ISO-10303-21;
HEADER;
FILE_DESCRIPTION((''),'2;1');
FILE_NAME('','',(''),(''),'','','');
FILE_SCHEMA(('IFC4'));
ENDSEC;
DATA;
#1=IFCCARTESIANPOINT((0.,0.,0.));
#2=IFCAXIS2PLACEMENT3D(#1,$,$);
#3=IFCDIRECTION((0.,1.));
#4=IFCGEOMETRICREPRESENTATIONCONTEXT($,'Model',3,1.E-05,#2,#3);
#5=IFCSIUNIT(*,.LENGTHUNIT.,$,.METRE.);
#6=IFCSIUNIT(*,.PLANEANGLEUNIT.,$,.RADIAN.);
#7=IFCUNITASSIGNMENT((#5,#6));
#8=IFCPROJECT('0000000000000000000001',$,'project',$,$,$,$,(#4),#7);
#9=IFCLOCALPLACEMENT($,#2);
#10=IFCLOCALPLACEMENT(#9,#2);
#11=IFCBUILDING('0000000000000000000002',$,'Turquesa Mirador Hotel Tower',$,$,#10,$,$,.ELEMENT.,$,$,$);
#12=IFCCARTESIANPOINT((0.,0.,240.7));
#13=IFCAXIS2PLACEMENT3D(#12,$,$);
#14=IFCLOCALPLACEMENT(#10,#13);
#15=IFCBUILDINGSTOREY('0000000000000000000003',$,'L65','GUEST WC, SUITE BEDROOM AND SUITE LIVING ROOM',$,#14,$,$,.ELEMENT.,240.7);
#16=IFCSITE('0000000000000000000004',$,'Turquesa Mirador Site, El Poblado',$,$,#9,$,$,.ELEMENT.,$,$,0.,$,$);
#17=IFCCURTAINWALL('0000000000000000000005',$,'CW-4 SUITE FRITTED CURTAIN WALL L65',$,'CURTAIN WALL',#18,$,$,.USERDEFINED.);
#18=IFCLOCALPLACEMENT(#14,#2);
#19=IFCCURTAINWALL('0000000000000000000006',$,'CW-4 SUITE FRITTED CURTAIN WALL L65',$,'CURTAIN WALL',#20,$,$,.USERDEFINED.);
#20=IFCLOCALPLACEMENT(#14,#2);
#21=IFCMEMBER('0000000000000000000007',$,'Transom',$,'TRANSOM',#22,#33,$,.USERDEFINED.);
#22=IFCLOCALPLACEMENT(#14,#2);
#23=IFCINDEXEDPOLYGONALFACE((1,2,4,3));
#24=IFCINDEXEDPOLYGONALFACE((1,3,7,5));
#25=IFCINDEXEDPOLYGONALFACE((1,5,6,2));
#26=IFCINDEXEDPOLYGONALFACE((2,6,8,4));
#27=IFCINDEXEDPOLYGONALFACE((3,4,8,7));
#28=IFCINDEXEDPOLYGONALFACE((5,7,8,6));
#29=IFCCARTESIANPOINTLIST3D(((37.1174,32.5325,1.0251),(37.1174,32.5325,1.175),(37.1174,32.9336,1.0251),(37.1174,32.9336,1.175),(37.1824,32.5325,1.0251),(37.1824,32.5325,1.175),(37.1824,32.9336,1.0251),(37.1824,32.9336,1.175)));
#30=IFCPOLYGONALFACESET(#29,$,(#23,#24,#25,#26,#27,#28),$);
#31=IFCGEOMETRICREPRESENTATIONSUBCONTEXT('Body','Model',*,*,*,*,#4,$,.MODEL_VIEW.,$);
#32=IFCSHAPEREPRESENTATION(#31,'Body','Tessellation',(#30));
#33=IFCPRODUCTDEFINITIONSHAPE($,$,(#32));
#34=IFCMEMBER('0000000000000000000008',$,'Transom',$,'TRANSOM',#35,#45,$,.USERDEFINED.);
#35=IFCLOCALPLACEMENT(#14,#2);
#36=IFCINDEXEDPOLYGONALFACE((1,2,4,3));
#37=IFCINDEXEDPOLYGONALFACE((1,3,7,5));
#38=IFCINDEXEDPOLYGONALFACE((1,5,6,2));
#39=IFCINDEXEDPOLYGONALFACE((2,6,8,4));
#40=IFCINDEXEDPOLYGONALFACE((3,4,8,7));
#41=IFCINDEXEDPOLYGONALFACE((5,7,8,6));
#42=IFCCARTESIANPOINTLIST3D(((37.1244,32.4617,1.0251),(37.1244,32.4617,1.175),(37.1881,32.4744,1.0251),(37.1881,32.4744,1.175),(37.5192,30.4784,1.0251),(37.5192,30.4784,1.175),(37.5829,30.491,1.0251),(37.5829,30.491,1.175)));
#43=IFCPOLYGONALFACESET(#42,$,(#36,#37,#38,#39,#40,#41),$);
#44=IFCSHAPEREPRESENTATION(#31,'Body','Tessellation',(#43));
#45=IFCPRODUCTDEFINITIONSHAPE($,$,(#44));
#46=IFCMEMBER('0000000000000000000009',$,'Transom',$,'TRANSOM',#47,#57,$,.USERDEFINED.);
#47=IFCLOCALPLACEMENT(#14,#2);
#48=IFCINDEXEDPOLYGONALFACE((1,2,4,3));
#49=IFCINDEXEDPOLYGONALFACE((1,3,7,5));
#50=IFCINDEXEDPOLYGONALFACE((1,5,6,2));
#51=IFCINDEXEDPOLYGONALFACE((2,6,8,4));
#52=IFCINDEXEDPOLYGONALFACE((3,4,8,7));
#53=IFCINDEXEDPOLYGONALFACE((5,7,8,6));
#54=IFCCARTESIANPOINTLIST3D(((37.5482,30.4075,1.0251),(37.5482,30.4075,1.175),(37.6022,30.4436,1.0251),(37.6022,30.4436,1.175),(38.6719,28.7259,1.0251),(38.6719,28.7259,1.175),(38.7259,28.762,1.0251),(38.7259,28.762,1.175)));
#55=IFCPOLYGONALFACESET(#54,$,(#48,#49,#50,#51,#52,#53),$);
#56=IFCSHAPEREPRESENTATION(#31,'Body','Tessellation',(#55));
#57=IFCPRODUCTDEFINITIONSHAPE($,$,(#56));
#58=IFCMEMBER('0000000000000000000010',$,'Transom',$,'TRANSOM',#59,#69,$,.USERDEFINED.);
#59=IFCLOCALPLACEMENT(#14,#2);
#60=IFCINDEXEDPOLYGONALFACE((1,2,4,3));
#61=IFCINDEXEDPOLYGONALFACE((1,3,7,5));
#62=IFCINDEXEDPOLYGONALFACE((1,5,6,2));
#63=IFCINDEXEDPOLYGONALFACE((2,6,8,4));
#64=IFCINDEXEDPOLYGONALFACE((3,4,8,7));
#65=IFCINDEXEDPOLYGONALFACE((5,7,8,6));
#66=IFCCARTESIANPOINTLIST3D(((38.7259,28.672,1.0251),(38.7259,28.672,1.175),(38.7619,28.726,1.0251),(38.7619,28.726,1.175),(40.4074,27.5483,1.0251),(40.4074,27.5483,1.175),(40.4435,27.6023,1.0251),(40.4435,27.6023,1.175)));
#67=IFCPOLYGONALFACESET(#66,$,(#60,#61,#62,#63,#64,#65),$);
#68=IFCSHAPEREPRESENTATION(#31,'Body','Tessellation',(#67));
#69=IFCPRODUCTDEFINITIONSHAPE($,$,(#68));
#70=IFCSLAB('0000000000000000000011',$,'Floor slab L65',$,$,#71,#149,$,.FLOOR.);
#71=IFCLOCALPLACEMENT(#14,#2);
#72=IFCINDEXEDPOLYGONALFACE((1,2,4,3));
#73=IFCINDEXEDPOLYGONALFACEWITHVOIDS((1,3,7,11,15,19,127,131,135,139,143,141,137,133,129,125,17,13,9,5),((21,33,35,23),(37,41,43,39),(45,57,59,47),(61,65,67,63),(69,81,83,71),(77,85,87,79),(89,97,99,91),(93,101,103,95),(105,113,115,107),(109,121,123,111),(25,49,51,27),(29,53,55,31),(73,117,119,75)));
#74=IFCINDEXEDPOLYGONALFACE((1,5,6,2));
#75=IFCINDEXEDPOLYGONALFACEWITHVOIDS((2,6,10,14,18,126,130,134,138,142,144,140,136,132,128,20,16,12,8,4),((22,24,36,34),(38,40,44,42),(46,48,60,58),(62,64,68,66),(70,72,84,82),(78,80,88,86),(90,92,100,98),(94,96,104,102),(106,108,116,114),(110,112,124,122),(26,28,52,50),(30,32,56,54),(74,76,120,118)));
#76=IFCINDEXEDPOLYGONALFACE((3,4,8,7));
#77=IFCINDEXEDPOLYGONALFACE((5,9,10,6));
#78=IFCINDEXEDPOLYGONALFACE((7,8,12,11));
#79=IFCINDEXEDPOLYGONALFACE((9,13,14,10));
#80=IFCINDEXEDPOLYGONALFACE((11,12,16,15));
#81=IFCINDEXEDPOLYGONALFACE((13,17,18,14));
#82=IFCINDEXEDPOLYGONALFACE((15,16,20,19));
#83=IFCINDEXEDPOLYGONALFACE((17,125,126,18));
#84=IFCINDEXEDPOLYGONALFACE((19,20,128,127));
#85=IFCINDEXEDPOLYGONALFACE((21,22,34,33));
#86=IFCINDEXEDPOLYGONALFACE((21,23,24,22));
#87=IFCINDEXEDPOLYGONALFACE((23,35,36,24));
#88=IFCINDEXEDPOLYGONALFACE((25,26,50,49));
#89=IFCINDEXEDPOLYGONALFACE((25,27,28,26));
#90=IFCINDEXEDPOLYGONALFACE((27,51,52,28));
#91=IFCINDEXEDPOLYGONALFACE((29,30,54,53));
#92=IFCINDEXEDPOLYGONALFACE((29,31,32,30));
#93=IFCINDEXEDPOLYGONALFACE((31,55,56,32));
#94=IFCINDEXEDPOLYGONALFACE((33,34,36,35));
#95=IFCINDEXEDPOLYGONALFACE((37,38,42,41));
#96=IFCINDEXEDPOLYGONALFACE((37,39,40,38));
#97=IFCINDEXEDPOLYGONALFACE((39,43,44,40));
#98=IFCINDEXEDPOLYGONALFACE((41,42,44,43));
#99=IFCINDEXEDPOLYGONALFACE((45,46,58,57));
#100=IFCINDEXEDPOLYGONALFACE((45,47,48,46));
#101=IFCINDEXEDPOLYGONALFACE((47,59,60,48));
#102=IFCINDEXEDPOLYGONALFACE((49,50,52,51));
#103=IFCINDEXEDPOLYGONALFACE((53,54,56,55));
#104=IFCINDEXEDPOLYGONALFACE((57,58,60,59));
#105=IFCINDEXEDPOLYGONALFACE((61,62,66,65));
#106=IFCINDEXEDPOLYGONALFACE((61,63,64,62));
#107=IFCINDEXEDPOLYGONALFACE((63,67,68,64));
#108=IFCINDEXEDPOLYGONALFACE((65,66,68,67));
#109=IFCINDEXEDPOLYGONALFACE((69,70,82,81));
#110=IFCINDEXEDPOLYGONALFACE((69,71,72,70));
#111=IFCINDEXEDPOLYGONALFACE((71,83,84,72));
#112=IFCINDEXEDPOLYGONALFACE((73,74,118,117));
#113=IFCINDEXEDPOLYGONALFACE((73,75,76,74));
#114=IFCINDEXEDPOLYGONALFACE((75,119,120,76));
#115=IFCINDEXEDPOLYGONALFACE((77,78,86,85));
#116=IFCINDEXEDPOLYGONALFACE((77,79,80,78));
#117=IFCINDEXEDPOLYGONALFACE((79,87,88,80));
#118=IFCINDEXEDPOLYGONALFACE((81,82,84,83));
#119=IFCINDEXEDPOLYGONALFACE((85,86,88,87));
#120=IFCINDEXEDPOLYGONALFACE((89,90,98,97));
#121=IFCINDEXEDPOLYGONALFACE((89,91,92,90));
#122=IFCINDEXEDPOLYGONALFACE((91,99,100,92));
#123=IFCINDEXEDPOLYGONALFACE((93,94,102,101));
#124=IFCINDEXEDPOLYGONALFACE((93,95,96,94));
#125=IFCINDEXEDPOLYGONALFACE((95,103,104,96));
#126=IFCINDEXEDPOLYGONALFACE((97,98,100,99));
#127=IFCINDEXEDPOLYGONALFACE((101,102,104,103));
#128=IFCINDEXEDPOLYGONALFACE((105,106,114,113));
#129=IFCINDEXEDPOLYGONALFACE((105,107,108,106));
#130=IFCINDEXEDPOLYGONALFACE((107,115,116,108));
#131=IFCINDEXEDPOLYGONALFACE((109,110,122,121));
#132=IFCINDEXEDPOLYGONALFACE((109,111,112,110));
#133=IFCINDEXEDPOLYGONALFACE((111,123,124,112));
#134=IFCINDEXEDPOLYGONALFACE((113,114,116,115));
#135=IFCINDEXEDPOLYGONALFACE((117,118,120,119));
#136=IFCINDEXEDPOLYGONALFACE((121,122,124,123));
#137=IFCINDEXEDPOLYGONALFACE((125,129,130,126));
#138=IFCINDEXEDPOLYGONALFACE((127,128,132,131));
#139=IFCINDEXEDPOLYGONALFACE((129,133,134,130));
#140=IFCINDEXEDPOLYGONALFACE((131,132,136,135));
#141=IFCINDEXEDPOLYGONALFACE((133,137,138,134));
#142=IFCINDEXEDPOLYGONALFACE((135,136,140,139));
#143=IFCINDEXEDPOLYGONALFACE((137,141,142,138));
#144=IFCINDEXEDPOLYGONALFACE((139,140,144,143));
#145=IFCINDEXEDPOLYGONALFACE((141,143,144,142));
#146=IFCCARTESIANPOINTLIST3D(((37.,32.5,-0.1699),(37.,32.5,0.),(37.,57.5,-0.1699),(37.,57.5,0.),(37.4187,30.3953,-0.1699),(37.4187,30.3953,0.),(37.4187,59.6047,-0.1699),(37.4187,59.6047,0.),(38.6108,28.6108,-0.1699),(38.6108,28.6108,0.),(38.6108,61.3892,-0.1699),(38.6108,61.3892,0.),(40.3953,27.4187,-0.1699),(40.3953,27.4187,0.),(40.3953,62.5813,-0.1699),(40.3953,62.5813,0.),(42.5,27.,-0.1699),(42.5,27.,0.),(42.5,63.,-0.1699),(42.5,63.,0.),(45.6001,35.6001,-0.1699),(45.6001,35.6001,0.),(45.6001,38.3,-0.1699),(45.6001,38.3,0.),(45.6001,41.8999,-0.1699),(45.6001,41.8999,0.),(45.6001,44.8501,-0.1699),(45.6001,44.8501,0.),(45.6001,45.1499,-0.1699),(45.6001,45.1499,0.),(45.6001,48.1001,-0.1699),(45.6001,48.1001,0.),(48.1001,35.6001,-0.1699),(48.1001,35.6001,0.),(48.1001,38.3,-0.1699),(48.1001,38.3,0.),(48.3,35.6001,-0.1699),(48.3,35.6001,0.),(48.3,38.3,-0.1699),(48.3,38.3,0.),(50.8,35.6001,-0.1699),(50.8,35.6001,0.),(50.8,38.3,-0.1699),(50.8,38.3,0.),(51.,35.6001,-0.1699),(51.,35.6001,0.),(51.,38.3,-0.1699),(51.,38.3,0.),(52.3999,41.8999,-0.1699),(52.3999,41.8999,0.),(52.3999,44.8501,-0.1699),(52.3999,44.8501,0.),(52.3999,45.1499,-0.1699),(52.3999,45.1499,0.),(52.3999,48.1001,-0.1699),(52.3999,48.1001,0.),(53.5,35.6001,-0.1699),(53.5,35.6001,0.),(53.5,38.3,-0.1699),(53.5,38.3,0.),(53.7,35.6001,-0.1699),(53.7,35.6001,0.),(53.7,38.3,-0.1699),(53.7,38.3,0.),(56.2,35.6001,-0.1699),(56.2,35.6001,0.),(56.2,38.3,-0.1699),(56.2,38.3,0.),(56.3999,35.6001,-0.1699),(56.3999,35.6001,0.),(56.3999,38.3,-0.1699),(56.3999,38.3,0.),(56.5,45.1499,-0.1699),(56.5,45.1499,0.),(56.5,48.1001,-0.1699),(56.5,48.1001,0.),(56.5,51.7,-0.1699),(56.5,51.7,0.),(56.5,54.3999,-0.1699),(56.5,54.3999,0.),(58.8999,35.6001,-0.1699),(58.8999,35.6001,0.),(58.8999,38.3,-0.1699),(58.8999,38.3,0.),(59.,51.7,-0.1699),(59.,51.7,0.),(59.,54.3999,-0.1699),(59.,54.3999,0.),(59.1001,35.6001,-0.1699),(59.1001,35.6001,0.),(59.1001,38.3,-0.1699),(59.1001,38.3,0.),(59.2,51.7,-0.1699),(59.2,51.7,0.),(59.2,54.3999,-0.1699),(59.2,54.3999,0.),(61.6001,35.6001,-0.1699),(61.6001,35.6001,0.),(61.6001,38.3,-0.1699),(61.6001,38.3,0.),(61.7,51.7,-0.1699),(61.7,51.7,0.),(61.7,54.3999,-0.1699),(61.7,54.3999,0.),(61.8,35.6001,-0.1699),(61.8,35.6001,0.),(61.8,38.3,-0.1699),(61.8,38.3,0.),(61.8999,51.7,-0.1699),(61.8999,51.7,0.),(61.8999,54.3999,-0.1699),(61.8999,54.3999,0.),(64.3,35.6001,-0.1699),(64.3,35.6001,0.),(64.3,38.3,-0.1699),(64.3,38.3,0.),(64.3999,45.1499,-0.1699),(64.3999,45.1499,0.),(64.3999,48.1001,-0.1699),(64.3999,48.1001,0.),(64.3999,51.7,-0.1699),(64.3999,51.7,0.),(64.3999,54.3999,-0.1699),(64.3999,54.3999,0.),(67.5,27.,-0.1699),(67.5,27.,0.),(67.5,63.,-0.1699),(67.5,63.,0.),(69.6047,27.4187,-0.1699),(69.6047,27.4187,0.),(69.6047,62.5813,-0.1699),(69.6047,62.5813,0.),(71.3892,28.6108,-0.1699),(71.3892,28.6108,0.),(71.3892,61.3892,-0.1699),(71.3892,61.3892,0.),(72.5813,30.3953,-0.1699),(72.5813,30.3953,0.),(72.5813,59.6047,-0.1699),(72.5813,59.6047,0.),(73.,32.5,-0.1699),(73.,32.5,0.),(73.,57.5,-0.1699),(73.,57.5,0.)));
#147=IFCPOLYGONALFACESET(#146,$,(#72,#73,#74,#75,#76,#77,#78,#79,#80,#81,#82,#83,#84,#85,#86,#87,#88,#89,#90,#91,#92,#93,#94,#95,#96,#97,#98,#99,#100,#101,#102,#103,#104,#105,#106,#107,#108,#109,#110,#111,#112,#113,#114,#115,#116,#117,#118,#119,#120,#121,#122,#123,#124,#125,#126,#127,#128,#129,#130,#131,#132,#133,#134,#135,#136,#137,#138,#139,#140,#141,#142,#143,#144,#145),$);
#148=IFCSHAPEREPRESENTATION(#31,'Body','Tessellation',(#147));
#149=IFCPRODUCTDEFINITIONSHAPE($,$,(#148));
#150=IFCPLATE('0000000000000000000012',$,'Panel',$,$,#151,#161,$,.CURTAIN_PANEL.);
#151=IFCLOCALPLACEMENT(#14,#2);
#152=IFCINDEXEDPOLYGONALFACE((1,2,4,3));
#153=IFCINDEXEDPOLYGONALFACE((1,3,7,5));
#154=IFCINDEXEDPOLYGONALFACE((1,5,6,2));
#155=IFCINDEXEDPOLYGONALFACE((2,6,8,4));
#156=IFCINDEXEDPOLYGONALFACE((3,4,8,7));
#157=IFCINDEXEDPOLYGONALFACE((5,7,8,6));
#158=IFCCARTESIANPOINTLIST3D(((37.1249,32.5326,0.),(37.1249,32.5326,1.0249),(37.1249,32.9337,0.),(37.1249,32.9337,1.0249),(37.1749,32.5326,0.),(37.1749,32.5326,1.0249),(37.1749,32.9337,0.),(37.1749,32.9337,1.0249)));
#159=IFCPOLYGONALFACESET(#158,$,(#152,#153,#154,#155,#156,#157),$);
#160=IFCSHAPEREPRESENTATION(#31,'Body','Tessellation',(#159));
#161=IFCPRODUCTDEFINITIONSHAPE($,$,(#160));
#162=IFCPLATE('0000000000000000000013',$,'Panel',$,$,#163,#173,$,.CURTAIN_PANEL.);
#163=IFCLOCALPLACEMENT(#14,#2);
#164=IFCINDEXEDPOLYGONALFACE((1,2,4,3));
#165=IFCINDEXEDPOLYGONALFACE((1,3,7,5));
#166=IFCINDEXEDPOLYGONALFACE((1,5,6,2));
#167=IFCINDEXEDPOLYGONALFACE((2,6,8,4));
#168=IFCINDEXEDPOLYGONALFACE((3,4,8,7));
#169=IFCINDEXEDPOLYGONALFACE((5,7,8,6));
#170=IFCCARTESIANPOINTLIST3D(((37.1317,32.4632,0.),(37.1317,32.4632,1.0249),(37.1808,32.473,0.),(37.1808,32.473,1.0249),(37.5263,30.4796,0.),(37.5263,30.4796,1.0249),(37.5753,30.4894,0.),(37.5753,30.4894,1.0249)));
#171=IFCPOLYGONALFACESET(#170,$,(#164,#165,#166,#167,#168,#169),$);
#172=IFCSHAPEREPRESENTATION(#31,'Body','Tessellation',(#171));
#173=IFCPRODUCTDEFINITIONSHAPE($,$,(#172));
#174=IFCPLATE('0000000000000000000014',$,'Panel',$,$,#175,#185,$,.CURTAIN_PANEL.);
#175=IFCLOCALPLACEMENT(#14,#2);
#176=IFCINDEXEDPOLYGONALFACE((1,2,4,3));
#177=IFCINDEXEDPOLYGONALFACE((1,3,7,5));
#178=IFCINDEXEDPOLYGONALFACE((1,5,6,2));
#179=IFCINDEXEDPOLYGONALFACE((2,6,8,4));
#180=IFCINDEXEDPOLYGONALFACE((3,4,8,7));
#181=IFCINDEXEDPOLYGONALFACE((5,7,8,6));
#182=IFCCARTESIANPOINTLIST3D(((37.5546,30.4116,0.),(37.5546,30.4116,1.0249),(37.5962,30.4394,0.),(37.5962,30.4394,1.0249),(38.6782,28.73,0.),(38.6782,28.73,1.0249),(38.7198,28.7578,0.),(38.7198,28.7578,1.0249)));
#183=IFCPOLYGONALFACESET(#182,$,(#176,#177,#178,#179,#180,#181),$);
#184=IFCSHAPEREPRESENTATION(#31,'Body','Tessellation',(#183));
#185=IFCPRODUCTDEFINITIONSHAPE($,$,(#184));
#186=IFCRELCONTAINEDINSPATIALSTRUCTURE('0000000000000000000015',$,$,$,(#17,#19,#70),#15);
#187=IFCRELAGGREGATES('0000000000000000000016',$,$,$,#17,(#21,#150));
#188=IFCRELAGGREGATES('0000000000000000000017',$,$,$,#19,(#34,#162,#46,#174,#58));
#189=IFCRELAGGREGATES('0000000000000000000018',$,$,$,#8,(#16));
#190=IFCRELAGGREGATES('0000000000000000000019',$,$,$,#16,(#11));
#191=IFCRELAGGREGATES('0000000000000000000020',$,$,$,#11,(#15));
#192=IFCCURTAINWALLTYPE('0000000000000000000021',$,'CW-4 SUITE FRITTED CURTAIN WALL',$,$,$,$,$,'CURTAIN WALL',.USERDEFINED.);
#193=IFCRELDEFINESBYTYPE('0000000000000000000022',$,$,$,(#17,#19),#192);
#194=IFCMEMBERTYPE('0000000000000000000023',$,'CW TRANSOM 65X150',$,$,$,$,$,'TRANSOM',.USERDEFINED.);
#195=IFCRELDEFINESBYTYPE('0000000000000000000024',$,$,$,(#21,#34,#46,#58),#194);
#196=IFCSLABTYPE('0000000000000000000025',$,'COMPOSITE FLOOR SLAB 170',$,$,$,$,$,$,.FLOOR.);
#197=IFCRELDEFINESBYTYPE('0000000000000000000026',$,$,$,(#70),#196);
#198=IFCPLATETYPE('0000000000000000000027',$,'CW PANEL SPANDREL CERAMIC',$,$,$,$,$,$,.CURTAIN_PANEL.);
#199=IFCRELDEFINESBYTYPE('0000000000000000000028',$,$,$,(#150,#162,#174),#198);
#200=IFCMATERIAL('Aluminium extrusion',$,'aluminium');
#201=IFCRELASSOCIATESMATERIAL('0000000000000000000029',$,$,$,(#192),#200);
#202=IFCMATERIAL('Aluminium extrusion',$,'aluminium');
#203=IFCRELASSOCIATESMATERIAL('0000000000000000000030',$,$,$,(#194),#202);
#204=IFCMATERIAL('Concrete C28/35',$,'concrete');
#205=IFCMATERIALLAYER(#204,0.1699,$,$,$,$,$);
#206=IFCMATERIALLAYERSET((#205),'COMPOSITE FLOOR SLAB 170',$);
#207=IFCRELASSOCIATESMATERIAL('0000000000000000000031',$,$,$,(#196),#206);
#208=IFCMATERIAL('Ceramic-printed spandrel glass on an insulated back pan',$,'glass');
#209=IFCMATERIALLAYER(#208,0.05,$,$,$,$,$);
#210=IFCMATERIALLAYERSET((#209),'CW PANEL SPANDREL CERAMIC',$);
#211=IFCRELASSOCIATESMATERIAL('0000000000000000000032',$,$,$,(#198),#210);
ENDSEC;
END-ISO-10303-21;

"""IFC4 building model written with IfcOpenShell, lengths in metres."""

from ifc_helpers import new_model, si_unit, direction, frame, origin, origin_2d, place, context, subcontext, project, spatial, polyline, rectangle, outline, extrude, material, layer, layer_set, material_profile, profile_set, type_object, element, aggregate, save


model = new_model("IFC4")

# Units and contexts
model_context = context("Model", 3, precision=1e-05, world=origin(), true_north=direction((0.0, 1.0)))
body_context = subcontext(model_context, "Body", "Model", "MODEL_VIEW")
ifc_project = project(units=[si_unit("LENGTHUNIT", "METRE"), si_unit("PLANEANGLEUNIT", "RADIAN")], contexts=[model_context])

# Site, building, storey
site_placement = place(None, origin())
site = spatial("IfcSite", under=ifc_project, at=site_placement, Name="Turquesa Mirador Site, El Poblado", CompositionType="ELEMENT", RefElevation=0.0)
building_placement = place(site_placement, origin())
building = spatial("IfcBuilding", under=site, at=building_placement, Name="Turquesa Mirador Hotel Tower", CompositionType="ELEMENT")
storey_placement = place(building_placement, frame((0.0, 0.0, 240.7)))
storey = spatial("IfcBuildingStorey", under=building, at=storey_placement, Name="L65", Description="GUEST WC, SUITE BEDROOM AND SUITE LIVING ROOM", CompositionType="ELEMENT", Elevation=240.7)

# Curtain walls
ifc_material_1 = material(Name="Aluminium extrusion", Category="aluminium")
curtain_wall_type = type_object("IfcCurtainWallType", Name="CW-4 SUITE FRITTED CURTAIN WALL", ElementType="CURTAIN WALL", PredefinedType="USERDEFINED", material=ifc_material_1)
curtain_wall_1_placement = place(storey_placement, origin())
curtain_wall_1 = element("IfcCurtainWall", 1, at=curtain_wall_1_placement, inside=storey, type_object=curtain_wall_type, Name="CW-4 SUITE FRITTED CURTAIN WALL L65", ObjectType="CURTAIN WALL", PredefinedType="USERDEFINED")
curtain_wall_2_placement = place(storey_placement, origin())
curtain_wall_2 = element("IfcCurtainWall", 2, at=curtain_wall_2_placement, inside=storey, type_object=curtain_wall_type, Name="CW-4 SUITE FRITTED CURTAIN WALL L65", ObjectType="CURTAIN WALL", PredefinedType="USERDEFINED")

# Members
ifc_material_2 = material(Name="Aluminium extrusion", Category="aluminium")
ifc_material_profile_1 = material_profile(ifc_material_2, rectangle(XDim=0.0649, YDim=0.1499, at=origin_2d()), Name="TRANSOM 65X150")
ifc_profile_set_1 = profile_set([ifc_material_profile_1], Name="Aluminium extrusion")
member_type_1 = type_object("IfcMemberType", Name="CW TRANSOM 65X150", ElementType="TRANSOM", PredefinedType="USERDEFINED", material=ifc_profile_set_1)
member_1_placement = place(storey_placement, frame((37.1499, 32.9336, 1.1001), z_axis=(0.0, -1.0, 0.0), x_axis=(1.0, 0.0, 0.0)))
member_1 = element("IfcMember", 3, at=member_1_placement, type_object=member_type_1, Name="Transom", ObjectType="TRANSOM", PredefinedType="USERDEFINED", context=body_context, shape_type="SweptSolid", body=[
    extrude(rectangle(XDim=0.0649, YDim=0.1499, at=origin_2d()), origin(), (0.0, 0.0, 1.0), 0.4011),
])
member_2_placement = place(storey_placement, frame((37.1562, 32.468, 1.1001), z_axis=(0.195211, -0.980761, 0.0), x_axis=(0.980761, 0.195211, 0.0)))
member_2 = element("IfcMember", 4, at=member_2_placement, type_object=member_type_1, Name="Transom", ObjectType="TRANSOM", PredefinedType="USERDEFINED", context=body_context, shape_type="SweptSolid", body=[
    extrude(rectangle(XDim=0.0649, YDim=0.1499, at=origin_2d()), origin(), (0.0, 0.0, 1.0), 2.0222),
])
member_3_placement = place(storey_placement, frame((37.5752, 30.4255, 1.1001), z_axis=(0.555619, -0.831437, 0.0), x_axis=(0.831437, 0.555619, 0.0)))
member_3 = element("IfcMember", 5, at=member_3_placement, type_object=member_type_1, Name="Transom", ObjectType="TRANSOM", PredefinedType="USERDEFINED", context=body_context, shape_type="SweptSolid", body=[
    extrude(rectangle(XDim=0.0649, YDim=0.1499, at=origin_2d()), origin(), (0.0, 0.0, 1.0), 2.0225),
])
member_4_placement = place(storey_placement, frame((38.7439, 28.699, 1.1001), z_axis=(0.831437, -0.555619, 0.0), x_axis=(0.555619, 0.831437, 0.0)))
member_4 = element("IfcMember", 6, at=member_4_placement, type_object=member_type_1, Name="Transom", ObjectType="TRANSOM", PredefinedType="USERDEFINED", context=body_context, shape_type="SweptSolid", body=[
    extrude(rectangle(XDim=0.0649, YDim=0.1499, at=origin_2d()), origin(), (0.0, 0.0, 1.0), 2.0225),
])

# Slab
ifc_material_3 = material(Name="Concrete C28/35", Category="concrete")
ifc_layer_1 = layer(ifc_material_3, 0.1699)
ifc_layer_set_1 = layer_set([ifc_layer_1], Name="COMPOSITE FLOOR SLAB 170")
slab_type_1 = type_object("IfcSlabType", Name="COMPOSITE FLOOR SLAB 170", PredefinedType="FLOOR", material=ifc_layer_set_1)
slab_1_placement = place(storey_placement, frame((0.0, 0.0, -0.1699)))
element("IfcSlab", 7, at=slab_1_placement, inside=storey, type_object=slab_type_1, Name="Floor slab L65", PredefinedType="FLOOR", context=body_context, shape_type="SweptSolid", body=[
    extrude(outline(polyline([(67.5, 27.0), (69.6047, 27.4187), (71.3892, 28.6108), (72.5813, 30.3953), (73.0, 32.5), (73.0, 57.5), (72.5813, 59.6047), (71.3892, 61.3892), (69.6047, 62.5813), (67.5, 63.0), (42.5, 63.0), (40.3953, 62.5813), (38.6108, 61.3892), (37.4187, 59.6047), (37.0, 57.5), (37.0, 32.5), (37.4187, 30.3953), (38.6108, 28.6108), (40.3953, 27.4187), (42.5, 27.0), (67.5, 27.0)]), holes=[polyline([(56.5, 51.7), (59.0, 51.7), (59.0, 54.3999), (56.5, 54.3999), (56.5, 51.7)]), polyline([(59.2, 51.7), (61.7, 51.7), (61.7, 54.3999), (59.2, 54.3999), (59.2, 51.7)]), polyline([(45.6001, 35.6001), (48.1001, 35.6001), (48.1001, 38.3), (45.6001, 38.3), (45.6001, 35.6001)]), polyline([(48.3, 35.6001), (50.8, 35.6001), (50.8, 38.3), (48.3, 38.3), (48.3, 35.6001)]), polyline([(51.0, 35.6001), (53.5, 35.6001), (53.5, 38.3), (51.0, 38.3), (51.0, 35.6001)]), polyline([(53.7, 35.6001), (56.2, 35.6001), (56.2, 38.3), (53.7, 38.3), (53.7, 35.6001)]), polyline([(56.3999, 35.6001), (58.8999, 35.6001), (58.8999, 38.3), (56.3999, 38.3), (56.3999, 35.6001)]), polyline([(59.1001, 35.6001), (61.6001, 35.6001), (61.6001, 38.3), (59.1001, 38.3), (59.1001, 35.6001)]), polyline([(61.8, 35.6001), (64.3, 35.6001), (64.3, 38.3), (61.8, 38.3), (61.8, 35.6001)]), polyline([(45.6001, 45.1499), (52.3999, 45.1499), (52.3999, 48.1001), (45.6001, 48.1001), (45.6001, 45.1499)]), polyline([(45.6001, 41.8999), (52.3999, 41.8999), (52.3999, 44.8501), (45.6001, 44.8501), (45.6001, 41.8999)]), polyline([(56.5, 45.1499), (64.3999, 45.1499), (64.3999, 48.1001), (56.5, 48.1001), (56.5, 45.1499)]), polyline([(61.8999, 51.7), (64.3999, 51.7), (64.3999, 54.3999), (61.8999, 54.3999), (61.8999, 51.7)])]), origin(), (0.0, 0.0, 1.0), 0.1699),
])

# Plates
ifc_material_4 = material(Name="Ceramic-printed spandrel glass on an insulated back pan", Category="glass")
ifc_layer_2 = layer(ifc_material_4, 0.05)
ifc_layer_set_2 = layer_set([ifc_layer_2], Name="CW PANEL SPANDREL CERAMIC")
plate_type_1 = type_object("IfcPlateType", Name="CW PANEL SPANDREL CERAMIC", PredefinedType="CURTAIN_PANEL", material=ifc_layer_set_2)
plate_1_placement = place(storey_placement, frame((37.1499, 32.7332, 0.0), z_axis=(0.0, 0.0, 1.0), x_axis=(0.0, -1.0, 0.0)))
plate_1 = element("IfcPlate", 8, at=plate_1_placement, type_object=plate_type_1, Name="Panel", PredefinedType="CURTAIN_PANEL", context=body_context, shape_type="SweptSolid", body=[
    extrude(rectangle(XDim=0.4011, YDim=0.05, at=origin_2d()), origin(), (0.0, 0.0, 1.0), 1.0249),
])
plate_2_placement = place(storey_placement, frame((37.3535, 31.4763, 0.0), z_axis=(0.0, 0.0, 1.0), x_axis=(0.195091, -0.980785, 0.0)))
plate_2 = element("IfcPlate", 9, at=plate_2_placement, type_object=plate_type_1, Name="Panel", PredefinedType="CURTAIN_PANEL", context=body_context, shape_type="SweptSolid", body=[
    extrude(rectangle(XDim=2.0225, YDim=0.05, at=origin_2d()), origin(), (0.0, 0.0, 1.0), 1.0249),
])
plate_3_placement = place(storey_placement, frame((38.1372, 29.5847, 0.0), z_axis=(0.0, 0.0, 1.0), x_axis=(0.55557, -0.83147, 0.0)))
plate_3 = element("IfcPlate", 10, at=plate_3_placement, type_object=plate_type_1, Name="Panel", PredefinedType="CURTAIN_PANEL", context=body_context, shape_type="SweptSolid", body=[
    extrude(rectangle(XDim=2.0225, YDim=0.05, at=origin_2d()), origin(), (0.0, 0.0, 1.0), 1.0249),
])
aggregate(curtain_wall_1, [member_1, plate_1])
aggregate(curtain_wall_2, [member_2, plate_2, member_3, plate_3, member_4])

save(model, "model.ifc")
